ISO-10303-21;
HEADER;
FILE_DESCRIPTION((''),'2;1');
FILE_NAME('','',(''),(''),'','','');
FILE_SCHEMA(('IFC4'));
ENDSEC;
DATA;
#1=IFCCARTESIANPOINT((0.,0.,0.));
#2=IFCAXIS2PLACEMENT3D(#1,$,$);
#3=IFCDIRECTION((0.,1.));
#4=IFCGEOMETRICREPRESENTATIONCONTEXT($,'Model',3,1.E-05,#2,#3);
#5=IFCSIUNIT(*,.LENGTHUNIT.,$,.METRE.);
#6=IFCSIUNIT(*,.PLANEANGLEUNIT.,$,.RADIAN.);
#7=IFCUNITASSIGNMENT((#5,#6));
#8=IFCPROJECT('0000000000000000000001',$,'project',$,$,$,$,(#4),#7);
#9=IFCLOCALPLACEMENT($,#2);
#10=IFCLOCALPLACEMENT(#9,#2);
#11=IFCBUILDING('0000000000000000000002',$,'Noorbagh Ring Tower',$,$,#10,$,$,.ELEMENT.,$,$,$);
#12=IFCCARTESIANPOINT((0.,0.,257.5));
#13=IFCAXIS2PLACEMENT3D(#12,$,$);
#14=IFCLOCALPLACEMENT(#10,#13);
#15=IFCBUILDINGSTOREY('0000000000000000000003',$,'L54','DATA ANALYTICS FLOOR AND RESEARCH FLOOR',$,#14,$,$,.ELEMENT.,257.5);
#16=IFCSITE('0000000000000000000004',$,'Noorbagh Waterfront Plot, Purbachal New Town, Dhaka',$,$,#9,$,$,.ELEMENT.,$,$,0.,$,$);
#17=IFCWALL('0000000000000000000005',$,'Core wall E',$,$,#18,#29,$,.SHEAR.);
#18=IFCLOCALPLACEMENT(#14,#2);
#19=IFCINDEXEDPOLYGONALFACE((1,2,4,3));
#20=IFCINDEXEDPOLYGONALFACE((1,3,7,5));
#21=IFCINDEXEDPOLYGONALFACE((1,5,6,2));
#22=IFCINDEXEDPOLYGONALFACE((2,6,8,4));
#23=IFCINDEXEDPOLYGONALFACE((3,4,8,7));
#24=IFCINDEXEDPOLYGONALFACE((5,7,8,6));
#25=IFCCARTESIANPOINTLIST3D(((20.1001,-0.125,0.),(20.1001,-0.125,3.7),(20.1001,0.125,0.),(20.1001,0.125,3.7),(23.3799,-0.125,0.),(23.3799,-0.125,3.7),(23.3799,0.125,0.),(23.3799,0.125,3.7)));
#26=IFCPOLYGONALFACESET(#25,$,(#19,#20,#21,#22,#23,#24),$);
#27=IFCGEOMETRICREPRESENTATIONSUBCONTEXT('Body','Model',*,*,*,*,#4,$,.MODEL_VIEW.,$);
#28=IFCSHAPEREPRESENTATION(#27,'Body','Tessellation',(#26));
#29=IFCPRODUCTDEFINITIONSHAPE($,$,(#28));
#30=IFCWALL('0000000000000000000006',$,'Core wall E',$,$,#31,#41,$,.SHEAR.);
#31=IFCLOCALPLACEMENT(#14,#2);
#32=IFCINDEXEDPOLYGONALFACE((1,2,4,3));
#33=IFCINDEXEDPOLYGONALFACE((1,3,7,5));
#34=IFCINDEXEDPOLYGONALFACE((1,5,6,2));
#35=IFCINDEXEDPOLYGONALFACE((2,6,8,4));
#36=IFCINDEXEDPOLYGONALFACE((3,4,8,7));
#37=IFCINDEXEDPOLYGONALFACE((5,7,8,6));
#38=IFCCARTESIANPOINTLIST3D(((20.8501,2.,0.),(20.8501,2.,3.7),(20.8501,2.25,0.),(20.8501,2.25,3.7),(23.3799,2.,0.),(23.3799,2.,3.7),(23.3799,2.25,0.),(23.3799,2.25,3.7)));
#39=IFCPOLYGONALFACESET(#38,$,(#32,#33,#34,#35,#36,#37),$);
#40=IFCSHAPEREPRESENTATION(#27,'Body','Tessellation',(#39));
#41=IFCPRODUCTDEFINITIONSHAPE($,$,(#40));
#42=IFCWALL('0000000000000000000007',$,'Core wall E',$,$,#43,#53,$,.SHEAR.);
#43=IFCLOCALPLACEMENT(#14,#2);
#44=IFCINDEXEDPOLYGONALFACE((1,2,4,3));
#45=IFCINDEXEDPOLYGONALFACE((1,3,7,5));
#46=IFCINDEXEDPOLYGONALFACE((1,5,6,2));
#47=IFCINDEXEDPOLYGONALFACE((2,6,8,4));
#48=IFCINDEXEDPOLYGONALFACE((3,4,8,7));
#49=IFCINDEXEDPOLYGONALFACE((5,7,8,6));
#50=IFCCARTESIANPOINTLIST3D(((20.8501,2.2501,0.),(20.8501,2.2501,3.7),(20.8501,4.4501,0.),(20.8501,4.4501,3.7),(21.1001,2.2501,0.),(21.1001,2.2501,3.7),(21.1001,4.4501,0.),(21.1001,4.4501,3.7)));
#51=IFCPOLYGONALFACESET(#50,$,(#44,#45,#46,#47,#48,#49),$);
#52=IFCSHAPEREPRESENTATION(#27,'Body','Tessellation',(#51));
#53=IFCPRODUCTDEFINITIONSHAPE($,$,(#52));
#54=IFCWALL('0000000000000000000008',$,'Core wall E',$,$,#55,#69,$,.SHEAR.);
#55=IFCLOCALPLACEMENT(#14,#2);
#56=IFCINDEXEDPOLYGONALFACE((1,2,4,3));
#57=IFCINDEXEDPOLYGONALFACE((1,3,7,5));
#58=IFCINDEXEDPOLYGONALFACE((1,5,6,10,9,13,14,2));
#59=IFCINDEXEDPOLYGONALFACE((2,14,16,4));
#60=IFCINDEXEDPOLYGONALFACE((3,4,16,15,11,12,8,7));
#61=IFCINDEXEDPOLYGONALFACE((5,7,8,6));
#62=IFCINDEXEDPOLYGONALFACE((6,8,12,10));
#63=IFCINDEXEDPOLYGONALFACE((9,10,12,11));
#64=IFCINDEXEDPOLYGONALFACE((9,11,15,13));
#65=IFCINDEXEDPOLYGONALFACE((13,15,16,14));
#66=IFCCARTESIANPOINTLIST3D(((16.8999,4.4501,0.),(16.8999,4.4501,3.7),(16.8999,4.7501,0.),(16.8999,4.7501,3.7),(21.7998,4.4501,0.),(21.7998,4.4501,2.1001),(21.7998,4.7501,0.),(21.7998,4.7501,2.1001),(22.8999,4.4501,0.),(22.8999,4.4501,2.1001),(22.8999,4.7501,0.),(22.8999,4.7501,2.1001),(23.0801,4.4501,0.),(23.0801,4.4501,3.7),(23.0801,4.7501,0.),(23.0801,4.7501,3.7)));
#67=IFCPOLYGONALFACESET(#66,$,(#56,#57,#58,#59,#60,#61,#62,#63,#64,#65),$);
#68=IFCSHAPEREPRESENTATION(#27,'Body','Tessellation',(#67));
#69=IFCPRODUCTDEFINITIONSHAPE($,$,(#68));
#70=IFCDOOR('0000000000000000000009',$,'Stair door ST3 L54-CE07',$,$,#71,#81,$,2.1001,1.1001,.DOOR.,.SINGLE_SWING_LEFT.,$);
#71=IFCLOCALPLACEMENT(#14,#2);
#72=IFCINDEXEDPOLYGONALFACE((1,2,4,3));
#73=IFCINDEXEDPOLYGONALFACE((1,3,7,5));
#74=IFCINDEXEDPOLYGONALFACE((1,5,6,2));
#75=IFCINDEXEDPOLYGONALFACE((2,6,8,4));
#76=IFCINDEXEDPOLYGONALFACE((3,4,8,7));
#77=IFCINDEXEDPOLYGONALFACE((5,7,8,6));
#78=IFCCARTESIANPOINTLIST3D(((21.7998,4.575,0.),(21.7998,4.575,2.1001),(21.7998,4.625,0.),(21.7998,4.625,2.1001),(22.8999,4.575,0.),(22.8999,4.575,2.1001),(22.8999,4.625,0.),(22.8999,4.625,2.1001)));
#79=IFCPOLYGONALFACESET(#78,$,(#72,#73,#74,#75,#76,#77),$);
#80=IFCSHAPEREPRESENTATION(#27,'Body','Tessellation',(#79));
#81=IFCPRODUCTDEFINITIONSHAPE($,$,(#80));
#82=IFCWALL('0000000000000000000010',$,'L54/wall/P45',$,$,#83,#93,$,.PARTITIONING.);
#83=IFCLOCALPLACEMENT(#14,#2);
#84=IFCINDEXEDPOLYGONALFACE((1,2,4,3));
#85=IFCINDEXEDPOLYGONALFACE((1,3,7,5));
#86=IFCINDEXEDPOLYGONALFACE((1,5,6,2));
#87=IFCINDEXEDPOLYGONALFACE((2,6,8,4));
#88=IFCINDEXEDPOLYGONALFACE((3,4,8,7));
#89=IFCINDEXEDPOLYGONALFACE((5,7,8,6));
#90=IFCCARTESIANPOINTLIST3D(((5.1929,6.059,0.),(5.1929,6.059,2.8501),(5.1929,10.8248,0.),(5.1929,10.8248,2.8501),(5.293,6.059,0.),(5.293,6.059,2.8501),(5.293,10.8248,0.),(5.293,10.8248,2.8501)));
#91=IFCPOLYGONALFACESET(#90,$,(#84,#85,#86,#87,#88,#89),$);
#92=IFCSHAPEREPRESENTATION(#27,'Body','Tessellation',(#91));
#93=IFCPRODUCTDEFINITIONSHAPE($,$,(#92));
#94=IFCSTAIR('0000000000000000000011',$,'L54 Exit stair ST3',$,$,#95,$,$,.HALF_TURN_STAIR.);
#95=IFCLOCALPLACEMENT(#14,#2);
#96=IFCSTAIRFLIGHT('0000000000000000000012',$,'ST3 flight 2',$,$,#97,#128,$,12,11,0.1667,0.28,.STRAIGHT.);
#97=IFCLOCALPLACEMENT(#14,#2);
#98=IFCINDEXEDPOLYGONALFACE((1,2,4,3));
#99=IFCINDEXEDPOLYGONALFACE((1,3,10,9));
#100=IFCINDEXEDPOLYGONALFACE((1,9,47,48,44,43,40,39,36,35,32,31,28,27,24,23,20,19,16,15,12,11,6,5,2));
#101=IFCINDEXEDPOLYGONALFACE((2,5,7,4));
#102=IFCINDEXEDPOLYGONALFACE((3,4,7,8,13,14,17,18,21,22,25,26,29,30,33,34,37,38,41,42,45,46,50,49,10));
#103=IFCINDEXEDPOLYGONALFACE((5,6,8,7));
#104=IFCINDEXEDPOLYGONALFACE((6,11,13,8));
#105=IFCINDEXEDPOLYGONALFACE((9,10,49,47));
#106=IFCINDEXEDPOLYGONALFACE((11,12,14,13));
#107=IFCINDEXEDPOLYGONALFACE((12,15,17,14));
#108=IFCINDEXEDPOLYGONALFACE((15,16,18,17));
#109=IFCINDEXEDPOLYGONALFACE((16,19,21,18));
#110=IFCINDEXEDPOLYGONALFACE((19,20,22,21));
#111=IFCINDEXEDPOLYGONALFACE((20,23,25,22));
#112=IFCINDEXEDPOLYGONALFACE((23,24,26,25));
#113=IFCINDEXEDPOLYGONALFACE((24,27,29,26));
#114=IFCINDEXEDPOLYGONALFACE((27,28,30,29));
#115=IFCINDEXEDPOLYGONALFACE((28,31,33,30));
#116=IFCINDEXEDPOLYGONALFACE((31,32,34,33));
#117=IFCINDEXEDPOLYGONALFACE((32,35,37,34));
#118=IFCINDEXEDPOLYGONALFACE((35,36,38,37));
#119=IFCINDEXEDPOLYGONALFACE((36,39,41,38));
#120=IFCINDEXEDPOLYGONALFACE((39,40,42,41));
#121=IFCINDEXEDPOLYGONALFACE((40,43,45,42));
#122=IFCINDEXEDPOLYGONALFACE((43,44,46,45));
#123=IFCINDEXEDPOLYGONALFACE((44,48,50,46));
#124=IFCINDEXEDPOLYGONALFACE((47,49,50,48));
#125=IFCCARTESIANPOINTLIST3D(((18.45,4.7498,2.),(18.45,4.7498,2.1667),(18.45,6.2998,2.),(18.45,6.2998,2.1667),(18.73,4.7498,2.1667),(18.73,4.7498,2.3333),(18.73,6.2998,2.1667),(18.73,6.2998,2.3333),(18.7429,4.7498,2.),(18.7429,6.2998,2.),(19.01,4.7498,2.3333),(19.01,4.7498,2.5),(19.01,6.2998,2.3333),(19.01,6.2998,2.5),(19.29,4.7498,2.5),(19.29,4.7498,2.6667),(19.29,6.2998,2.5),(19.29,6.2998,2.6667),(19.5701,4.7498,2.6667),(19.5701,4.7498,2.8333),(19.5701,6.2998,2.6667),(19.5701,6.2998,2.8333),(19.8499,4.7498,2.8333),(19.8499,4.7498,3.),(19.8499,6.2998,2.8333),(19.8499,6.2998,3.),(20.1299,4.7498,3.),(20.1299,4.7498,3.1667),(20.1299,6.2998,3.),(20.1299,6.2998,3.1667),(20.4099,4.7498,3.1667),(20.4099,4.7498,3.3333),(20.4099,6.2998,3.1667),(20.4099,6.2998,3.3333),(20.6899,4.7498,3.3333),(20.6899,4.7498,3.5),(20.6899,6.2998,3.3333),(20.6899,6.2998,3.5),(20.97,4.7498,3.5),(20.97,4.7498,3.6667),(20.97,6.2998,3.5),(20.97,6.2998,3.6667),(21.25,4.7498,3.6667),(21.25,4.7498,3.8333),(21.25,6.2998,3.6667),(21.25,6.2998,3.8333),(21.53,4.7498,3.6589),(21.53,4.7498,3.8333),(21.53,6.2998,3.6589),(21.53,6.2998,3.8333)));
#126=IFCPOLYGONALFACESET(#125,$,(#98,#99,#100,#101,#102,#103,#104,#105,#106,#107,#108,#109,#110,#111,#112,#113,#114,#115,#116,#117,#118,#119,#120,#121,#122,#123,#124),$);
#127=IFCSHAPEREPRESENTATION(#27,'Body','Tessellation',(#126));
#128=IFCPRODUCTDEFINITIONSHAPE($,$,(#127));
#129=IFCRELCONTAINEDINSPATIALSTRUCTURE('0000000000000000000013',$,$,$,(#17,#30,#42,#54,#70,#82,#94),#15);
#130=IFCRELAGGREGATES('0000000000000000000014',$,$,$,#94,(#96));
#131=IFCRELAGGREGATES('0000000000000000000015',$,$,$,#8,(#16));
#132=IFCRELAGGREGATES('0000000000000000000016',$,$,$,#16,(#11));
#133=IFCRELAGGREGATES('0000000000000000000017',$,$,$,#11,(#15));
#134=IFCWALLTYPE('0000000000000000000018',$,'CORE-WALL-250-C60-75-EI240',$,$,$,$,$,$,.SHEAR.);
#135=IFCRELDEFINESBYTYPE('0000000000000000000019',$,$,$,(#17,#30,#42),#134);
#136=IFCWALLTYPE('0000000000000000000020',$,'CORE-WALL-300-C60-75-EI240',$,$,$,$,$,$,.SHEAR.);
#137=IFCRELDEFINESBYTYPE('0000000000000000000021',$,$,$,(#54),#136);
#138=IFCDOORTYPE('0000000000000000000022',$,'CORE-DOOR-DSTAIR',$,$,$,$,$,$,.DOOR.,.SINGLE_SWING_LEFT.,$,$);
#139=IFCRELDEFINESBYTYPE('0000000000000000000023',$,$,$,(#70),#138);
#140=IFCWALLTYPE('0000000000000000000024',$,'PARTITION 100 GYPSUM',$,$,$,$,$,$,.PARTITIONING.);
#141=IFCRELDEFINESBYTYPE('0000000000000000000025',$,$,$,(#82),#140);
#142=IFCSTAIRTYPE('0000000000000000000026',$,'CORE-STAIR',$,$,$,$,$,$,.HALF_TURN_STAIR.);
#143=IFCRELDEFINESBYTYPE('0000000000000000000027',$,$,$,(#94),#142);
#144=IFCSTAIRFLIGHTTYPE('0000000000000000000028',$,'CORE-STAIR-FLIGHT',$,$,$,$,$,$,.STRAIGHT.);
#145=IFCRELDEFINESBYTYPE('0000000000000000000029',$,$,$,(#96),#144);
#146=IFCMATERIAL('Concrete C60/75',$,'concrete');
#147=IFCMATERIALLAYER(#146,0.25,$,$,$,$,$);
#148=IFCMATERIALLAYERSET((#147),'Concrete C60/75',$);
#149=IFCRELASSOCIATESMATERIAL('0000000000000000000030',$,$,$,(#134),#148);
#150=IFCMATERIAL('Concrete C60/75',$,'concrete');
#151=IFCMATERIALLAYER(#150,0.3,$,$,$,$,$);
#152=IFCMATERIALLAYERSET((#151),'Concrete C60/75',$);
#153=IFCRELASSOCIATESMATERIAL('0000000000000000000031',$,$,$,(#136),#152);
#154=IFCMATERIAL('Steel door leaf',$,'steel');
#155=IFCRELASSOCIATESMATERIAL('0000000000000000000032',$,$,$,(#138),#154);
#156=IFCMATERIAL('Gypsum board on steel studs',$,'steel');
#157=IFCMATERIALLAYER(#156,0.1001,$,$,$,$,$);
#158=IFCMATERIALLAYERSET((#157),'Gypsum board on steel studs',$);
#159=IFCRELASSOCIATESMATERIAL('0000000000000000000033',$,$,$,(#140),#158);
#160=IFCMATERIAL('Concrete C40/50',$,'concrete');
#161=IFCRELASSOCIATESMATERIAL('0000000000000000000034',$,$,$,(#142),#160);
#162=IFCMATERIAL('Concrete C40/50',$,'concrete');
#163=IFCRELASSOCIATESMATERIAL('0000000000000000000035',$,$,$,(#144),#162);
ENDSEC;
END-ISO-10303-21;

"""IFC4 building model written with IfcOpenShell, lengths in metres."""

from ifc_helpers import new_model, si_unit, direction, frame, frame_2d, origin, place, context, subcontext, project, spatial, polyline, rectangle, outline, extrude, material, layer, layer_set, type_object, element, fill, aggregate, save


model = new_model("IFC4")

# Units and contexts
model_context = context("Model", 3, precision=1e-05, world=origin(), true_north=direction((0.0, 1.0)))
body_context = subcontext(model_context, "Body", "Model", "MODEL_VIEW")
ifc_project = project(units=[si_unit("LENGTHUNIT", "METRE"), si_unit("PLANEANGLEUNIT", "RADIAN")], contexts=[model_context])

# Site, building, storey
site_placement = place(None, origin())
site = spatial("IfcSite", under=ifc_project, at=site_placement, Name="Noorbagh Waterfront Plot, Purbachal New Town, Dhaka", CompositionType="ELEMENT", RefElevation=0.0)
building_placement = place(site_placement, origin())
building = spatial("IfcBuilding", under=site, at=building_placement, Name="Noorbagh Ring Tower", CompositionType="ELEMENT")
storey_placement = place(building_placement, frame((0.0, 0.0, 257.5)))
storey = spatial("IfcBuildingStorey", under=building, at=storey_placement, Name="L54", Description="DATA ANALYTICS FLOOR AND RESEARCH FLOOR", CompositionType="ELEMENT", Elevation=257.5)

# Walls
ifc_material_1 = material(Name="Concrete C60/75", Category="concrete")
ifc_layer_1 = layer(ifc_material_1, 0.25)
ifc_layer_set_1 = layer_set([ifc_layer_1], Name="Concrete C60/75")
wall_type_1 = type_object("IfcWallType", Name="CORE-WALL-250-C60-75-EI240", PredefinedType="SHEAR", material=ifc_layer_set_1)
wall_1_placement = place(storey_placement, frame((20.1001, 0.0, 0.0), z_axis=(0.0, 0.0, 1.0), x_axis=(1.0, 0.0, 0.0)))
element("IfcWall", 1, at=wall_1_placement, inside=storey, type_object=wall_type_1, Name="Core wall E", PredefinedType="SHEAR", context=body_context, shape_type="SweptSolid", body=[
    extrude(rectangle(XDim=3.2798, YDim=0.25, at=frame_2d((1.6399, 0.0))), origin(), (0.0, 0.0, 1.0), 3.7),
])
wall_2_placement = place(storey_placement, frame((20.8501, 2.125, 0.0), z_axis=(0.0, 0.0, 1.0), x_axis=(1.0, 0.0, 0.0)))
element("IfcWall", 2, at=wall_2_placement, inside=storey, type_object=wall_type_1, Name="Core wall E", PredefinedType="SHEAR", context=body_context, shape_type="SweptSolid", body=[
    extrude(rectangle(XDim=2.5298, YDim=0.25, at=frame_2d((1.2649, 0.0))), origin(), (0.0, 0.0, 1.0), 3.7),
])
wall_3_placement = place(storey_placement, frame((20.9751, 2.25, 0.0), z_axis=(0.0, 0.0, 1.0), x_axis=(0.0, 1.0, 0.0)))
element("IfcWall", 3, at=wall_3_placement, inside=storey, type_object=wall_type_1, Name="Core wall E", PredefinedType="SHEAR", context=body_context, shape_type="SweptSolid", body=[
    extrude(rectangle(XDim=2.2, YDim=0.25, at=frame_2d((1.1001, 0.0))), origin(), (0.0, 0.0, 1.0), 3.7),
])

# Wall, opening, door
ifc_material_2 = material(Name="Concrete C60/75", Category="concrete")
ifc_layer_2 = layer(ifc_material_2, 0.3)
ifc_layer_set_2 = layer_set([ifc_layer_2], Name="Concrete C60/75")
wall_type_2 = type_object("IfcWallType", Name="CORE-WALL-300-C60-75-EI240", PredefinedType="SHEAR", material=ifc_layer_set_2)
wall_4_placement = place(storey_placement, frame((16.8999, 4.6001, 0.0), z_axis=(0.0, 0.0, 1.0), x_axis=(1.0, 0.0, 0.0)))
wall_4 = element("IfcWall", 4, at=wall_4_placement, inside=storey, type_object=wall_type_2, Name="Core wall E", PredefinedType="SHEAR", context=body_context, shape_type="SweptSolid", body=[
    extrude(rectangle(XDim=6.1802, YDim=0.3, at=frame_2d((3.0901, 0.0))), origin(), (0.0, 0.0, 1.0), 3.7),
])
opening_placement = place(wall_4_placement, frame((4.8999, 0.0, 0.0)))
opening = element("IfcOpeningElement", 5, at=opening_placement, cuts=wall_4, PredefinedType="OPENING", context=body_context, shape_type="SweptSolid", body=[
    extrude(rectangle(XDim=1.1001, YDim=2.1001, at=frame_2d((0.55, 1.05))), frame((0.0, 0.1602, 0.0), z_axis=(0.0, -1.0, 0.0), x_axis=(1.0, 0.0, 0.0)), (0.0, 0.0, 1.0), 0.3201),
])
ifc_material_3 = material(Name="Steel door leaf", Category="steel")
door_type = type_object("IfcDoorType", Name="CORE-DOOR-DSTAIR", OperationType="SINGLE_SWING_LEFT", PredefinedType="DOOR", material=ifc_material_3)
door_placement = place(opening_placement, origin())
door = element("IfcDoor", 6, at=door_placement, inside=storey, type_object=door_type, Name="Stair door ST3 L54-CE07", OperationType="SINGLE_SWING_LEFT", OverallHeight=2.1001, OverallWidth=1.1001, PredefinedType="DOOR", context=body_context, shape_type="SweptSolid", body=[
    extrude(rectangle(XDim=1.1001, YDim=2.1001, at=frame_2d((0.55, 1.05))), frame((0.0, 0.0249, 0.0), z_axis=(0.0, -1.0, 0.0), x_axis=(1.0, 0.0, 0.0)), (0.0, 0.0, 1.0), 0.05),
])
fill(opening, door)

# Wall
ifc_material_4 = material(Name="Gypsum board on steel studs", Category="steel")
ifc_layer_3 = layer(ifc_material_4, 0.1001)
ifc_layer_set_3 = layer_set([ifc_layer_3], Name="Gypsum board on steel studs")
wall_type_3 = type_object("IfcWallType", Name="PARTITION 100 GYPSUM", PredefinedType="PARTITIONING", material=ifc_layer_set_3)
wall_5_placement = place(storey_placement, frame((5.2429, 6.0591, 0.0), z_axis=(0.0, 0.0, 1.0), x_axis=(0.0, 1.0, 0.0)))
element("IfcWall", 7, at=wall_5_placement, inside=storey, type_object=wall_type_3, Name="L54/wall/P45", PredefinedType="PARTITIONING", context=body_context, shape_type="SweptSolid", body=[
    extrude(rectangle(XDim=4.7659, YDim=0.1001, at=frame_2d((2.3828, 0.0))), origin(), (0.0, 0.0, 1.0), 2.8501),
])

# Stair, stair flight
ifc_material_5 = material(Name="Concrete C40/50", Category="concrete")
stair_type = type_object("IfcStairType", Name="CORE-STAIR", PredefinedType="HALF_TURN_STAIR", material=ifc_material_5)
stair_placement = place(storey_placement, origin())
stair = element("IfcStair", 8, at=stair_placement, inside=storey, type_object=stair_type, Name="L54 Exit stair ST3", PredefinedType="HALF_TURN_STAIR")
ifc_material_6 = material(Name="Concrete C40/50", Category="concrete")
stair_flight_type = type_object("IfcStairFlightType", Name="CORE-STAIR-FLIGHT", PredefinedType="STRAIGHT", material=ifc_material_6)
stair_flight_placement = place(storey_placement, frame((18.45, 5.5249, 2.0), z_axis=(0.0, 0.0, 1.0), x_axis=(1.0, 0.0, 0.0)))
stair_flight = element("IfcStairFlight", 9, at=stair_flight_placement, type_object=stair_flight_type, Name="ST3 flight 2", NumberOfRisers=12, NumberOfTreads=11, PredefinedType="STRAIGHT", RiserHeight=0.1667, TreadLength=0.28, context=body_context, shape_type="SweptSolid", body=[
    extrude(outline(polyline([(0.0, 0.0), (0.0, 0.1667), (0.28, 0.1667), (0.28, 0.3333), (0.5601, 0.3333), (0.5601, 0.5), (0.8401, 0.5), (0.8401, 0.6667), (1.1201, 0.6667), (1.1201, 0.8333), (1.3999, 0.8333), (1.3999, 1.0), (1.6799, 1.0), (1.6799, 1.1667), (1.96, 1.1667), (1.96, 1.3333), (2.24, 1.3333), (2.24, 1.5), (2.52, 1.5), (2.52, 1.6667), (2.8, 1.6667), (2.8, 1.8333), (3.0801, 1.8333), (3.0801, 2.0), (3.0801, 1.6589), (0.293, 0.0), (0.0, 0.0)])), frame((0.0, 0.7749, 0.0), z_axis=(0.0, -1.0, 0.0), x_axis=(1.0, 0.0, 0.0)), (0.0, 0.0, 1.0), 1.55),
])
aggregate(stair, [stair_flight])

save(model, "model.ifc")
